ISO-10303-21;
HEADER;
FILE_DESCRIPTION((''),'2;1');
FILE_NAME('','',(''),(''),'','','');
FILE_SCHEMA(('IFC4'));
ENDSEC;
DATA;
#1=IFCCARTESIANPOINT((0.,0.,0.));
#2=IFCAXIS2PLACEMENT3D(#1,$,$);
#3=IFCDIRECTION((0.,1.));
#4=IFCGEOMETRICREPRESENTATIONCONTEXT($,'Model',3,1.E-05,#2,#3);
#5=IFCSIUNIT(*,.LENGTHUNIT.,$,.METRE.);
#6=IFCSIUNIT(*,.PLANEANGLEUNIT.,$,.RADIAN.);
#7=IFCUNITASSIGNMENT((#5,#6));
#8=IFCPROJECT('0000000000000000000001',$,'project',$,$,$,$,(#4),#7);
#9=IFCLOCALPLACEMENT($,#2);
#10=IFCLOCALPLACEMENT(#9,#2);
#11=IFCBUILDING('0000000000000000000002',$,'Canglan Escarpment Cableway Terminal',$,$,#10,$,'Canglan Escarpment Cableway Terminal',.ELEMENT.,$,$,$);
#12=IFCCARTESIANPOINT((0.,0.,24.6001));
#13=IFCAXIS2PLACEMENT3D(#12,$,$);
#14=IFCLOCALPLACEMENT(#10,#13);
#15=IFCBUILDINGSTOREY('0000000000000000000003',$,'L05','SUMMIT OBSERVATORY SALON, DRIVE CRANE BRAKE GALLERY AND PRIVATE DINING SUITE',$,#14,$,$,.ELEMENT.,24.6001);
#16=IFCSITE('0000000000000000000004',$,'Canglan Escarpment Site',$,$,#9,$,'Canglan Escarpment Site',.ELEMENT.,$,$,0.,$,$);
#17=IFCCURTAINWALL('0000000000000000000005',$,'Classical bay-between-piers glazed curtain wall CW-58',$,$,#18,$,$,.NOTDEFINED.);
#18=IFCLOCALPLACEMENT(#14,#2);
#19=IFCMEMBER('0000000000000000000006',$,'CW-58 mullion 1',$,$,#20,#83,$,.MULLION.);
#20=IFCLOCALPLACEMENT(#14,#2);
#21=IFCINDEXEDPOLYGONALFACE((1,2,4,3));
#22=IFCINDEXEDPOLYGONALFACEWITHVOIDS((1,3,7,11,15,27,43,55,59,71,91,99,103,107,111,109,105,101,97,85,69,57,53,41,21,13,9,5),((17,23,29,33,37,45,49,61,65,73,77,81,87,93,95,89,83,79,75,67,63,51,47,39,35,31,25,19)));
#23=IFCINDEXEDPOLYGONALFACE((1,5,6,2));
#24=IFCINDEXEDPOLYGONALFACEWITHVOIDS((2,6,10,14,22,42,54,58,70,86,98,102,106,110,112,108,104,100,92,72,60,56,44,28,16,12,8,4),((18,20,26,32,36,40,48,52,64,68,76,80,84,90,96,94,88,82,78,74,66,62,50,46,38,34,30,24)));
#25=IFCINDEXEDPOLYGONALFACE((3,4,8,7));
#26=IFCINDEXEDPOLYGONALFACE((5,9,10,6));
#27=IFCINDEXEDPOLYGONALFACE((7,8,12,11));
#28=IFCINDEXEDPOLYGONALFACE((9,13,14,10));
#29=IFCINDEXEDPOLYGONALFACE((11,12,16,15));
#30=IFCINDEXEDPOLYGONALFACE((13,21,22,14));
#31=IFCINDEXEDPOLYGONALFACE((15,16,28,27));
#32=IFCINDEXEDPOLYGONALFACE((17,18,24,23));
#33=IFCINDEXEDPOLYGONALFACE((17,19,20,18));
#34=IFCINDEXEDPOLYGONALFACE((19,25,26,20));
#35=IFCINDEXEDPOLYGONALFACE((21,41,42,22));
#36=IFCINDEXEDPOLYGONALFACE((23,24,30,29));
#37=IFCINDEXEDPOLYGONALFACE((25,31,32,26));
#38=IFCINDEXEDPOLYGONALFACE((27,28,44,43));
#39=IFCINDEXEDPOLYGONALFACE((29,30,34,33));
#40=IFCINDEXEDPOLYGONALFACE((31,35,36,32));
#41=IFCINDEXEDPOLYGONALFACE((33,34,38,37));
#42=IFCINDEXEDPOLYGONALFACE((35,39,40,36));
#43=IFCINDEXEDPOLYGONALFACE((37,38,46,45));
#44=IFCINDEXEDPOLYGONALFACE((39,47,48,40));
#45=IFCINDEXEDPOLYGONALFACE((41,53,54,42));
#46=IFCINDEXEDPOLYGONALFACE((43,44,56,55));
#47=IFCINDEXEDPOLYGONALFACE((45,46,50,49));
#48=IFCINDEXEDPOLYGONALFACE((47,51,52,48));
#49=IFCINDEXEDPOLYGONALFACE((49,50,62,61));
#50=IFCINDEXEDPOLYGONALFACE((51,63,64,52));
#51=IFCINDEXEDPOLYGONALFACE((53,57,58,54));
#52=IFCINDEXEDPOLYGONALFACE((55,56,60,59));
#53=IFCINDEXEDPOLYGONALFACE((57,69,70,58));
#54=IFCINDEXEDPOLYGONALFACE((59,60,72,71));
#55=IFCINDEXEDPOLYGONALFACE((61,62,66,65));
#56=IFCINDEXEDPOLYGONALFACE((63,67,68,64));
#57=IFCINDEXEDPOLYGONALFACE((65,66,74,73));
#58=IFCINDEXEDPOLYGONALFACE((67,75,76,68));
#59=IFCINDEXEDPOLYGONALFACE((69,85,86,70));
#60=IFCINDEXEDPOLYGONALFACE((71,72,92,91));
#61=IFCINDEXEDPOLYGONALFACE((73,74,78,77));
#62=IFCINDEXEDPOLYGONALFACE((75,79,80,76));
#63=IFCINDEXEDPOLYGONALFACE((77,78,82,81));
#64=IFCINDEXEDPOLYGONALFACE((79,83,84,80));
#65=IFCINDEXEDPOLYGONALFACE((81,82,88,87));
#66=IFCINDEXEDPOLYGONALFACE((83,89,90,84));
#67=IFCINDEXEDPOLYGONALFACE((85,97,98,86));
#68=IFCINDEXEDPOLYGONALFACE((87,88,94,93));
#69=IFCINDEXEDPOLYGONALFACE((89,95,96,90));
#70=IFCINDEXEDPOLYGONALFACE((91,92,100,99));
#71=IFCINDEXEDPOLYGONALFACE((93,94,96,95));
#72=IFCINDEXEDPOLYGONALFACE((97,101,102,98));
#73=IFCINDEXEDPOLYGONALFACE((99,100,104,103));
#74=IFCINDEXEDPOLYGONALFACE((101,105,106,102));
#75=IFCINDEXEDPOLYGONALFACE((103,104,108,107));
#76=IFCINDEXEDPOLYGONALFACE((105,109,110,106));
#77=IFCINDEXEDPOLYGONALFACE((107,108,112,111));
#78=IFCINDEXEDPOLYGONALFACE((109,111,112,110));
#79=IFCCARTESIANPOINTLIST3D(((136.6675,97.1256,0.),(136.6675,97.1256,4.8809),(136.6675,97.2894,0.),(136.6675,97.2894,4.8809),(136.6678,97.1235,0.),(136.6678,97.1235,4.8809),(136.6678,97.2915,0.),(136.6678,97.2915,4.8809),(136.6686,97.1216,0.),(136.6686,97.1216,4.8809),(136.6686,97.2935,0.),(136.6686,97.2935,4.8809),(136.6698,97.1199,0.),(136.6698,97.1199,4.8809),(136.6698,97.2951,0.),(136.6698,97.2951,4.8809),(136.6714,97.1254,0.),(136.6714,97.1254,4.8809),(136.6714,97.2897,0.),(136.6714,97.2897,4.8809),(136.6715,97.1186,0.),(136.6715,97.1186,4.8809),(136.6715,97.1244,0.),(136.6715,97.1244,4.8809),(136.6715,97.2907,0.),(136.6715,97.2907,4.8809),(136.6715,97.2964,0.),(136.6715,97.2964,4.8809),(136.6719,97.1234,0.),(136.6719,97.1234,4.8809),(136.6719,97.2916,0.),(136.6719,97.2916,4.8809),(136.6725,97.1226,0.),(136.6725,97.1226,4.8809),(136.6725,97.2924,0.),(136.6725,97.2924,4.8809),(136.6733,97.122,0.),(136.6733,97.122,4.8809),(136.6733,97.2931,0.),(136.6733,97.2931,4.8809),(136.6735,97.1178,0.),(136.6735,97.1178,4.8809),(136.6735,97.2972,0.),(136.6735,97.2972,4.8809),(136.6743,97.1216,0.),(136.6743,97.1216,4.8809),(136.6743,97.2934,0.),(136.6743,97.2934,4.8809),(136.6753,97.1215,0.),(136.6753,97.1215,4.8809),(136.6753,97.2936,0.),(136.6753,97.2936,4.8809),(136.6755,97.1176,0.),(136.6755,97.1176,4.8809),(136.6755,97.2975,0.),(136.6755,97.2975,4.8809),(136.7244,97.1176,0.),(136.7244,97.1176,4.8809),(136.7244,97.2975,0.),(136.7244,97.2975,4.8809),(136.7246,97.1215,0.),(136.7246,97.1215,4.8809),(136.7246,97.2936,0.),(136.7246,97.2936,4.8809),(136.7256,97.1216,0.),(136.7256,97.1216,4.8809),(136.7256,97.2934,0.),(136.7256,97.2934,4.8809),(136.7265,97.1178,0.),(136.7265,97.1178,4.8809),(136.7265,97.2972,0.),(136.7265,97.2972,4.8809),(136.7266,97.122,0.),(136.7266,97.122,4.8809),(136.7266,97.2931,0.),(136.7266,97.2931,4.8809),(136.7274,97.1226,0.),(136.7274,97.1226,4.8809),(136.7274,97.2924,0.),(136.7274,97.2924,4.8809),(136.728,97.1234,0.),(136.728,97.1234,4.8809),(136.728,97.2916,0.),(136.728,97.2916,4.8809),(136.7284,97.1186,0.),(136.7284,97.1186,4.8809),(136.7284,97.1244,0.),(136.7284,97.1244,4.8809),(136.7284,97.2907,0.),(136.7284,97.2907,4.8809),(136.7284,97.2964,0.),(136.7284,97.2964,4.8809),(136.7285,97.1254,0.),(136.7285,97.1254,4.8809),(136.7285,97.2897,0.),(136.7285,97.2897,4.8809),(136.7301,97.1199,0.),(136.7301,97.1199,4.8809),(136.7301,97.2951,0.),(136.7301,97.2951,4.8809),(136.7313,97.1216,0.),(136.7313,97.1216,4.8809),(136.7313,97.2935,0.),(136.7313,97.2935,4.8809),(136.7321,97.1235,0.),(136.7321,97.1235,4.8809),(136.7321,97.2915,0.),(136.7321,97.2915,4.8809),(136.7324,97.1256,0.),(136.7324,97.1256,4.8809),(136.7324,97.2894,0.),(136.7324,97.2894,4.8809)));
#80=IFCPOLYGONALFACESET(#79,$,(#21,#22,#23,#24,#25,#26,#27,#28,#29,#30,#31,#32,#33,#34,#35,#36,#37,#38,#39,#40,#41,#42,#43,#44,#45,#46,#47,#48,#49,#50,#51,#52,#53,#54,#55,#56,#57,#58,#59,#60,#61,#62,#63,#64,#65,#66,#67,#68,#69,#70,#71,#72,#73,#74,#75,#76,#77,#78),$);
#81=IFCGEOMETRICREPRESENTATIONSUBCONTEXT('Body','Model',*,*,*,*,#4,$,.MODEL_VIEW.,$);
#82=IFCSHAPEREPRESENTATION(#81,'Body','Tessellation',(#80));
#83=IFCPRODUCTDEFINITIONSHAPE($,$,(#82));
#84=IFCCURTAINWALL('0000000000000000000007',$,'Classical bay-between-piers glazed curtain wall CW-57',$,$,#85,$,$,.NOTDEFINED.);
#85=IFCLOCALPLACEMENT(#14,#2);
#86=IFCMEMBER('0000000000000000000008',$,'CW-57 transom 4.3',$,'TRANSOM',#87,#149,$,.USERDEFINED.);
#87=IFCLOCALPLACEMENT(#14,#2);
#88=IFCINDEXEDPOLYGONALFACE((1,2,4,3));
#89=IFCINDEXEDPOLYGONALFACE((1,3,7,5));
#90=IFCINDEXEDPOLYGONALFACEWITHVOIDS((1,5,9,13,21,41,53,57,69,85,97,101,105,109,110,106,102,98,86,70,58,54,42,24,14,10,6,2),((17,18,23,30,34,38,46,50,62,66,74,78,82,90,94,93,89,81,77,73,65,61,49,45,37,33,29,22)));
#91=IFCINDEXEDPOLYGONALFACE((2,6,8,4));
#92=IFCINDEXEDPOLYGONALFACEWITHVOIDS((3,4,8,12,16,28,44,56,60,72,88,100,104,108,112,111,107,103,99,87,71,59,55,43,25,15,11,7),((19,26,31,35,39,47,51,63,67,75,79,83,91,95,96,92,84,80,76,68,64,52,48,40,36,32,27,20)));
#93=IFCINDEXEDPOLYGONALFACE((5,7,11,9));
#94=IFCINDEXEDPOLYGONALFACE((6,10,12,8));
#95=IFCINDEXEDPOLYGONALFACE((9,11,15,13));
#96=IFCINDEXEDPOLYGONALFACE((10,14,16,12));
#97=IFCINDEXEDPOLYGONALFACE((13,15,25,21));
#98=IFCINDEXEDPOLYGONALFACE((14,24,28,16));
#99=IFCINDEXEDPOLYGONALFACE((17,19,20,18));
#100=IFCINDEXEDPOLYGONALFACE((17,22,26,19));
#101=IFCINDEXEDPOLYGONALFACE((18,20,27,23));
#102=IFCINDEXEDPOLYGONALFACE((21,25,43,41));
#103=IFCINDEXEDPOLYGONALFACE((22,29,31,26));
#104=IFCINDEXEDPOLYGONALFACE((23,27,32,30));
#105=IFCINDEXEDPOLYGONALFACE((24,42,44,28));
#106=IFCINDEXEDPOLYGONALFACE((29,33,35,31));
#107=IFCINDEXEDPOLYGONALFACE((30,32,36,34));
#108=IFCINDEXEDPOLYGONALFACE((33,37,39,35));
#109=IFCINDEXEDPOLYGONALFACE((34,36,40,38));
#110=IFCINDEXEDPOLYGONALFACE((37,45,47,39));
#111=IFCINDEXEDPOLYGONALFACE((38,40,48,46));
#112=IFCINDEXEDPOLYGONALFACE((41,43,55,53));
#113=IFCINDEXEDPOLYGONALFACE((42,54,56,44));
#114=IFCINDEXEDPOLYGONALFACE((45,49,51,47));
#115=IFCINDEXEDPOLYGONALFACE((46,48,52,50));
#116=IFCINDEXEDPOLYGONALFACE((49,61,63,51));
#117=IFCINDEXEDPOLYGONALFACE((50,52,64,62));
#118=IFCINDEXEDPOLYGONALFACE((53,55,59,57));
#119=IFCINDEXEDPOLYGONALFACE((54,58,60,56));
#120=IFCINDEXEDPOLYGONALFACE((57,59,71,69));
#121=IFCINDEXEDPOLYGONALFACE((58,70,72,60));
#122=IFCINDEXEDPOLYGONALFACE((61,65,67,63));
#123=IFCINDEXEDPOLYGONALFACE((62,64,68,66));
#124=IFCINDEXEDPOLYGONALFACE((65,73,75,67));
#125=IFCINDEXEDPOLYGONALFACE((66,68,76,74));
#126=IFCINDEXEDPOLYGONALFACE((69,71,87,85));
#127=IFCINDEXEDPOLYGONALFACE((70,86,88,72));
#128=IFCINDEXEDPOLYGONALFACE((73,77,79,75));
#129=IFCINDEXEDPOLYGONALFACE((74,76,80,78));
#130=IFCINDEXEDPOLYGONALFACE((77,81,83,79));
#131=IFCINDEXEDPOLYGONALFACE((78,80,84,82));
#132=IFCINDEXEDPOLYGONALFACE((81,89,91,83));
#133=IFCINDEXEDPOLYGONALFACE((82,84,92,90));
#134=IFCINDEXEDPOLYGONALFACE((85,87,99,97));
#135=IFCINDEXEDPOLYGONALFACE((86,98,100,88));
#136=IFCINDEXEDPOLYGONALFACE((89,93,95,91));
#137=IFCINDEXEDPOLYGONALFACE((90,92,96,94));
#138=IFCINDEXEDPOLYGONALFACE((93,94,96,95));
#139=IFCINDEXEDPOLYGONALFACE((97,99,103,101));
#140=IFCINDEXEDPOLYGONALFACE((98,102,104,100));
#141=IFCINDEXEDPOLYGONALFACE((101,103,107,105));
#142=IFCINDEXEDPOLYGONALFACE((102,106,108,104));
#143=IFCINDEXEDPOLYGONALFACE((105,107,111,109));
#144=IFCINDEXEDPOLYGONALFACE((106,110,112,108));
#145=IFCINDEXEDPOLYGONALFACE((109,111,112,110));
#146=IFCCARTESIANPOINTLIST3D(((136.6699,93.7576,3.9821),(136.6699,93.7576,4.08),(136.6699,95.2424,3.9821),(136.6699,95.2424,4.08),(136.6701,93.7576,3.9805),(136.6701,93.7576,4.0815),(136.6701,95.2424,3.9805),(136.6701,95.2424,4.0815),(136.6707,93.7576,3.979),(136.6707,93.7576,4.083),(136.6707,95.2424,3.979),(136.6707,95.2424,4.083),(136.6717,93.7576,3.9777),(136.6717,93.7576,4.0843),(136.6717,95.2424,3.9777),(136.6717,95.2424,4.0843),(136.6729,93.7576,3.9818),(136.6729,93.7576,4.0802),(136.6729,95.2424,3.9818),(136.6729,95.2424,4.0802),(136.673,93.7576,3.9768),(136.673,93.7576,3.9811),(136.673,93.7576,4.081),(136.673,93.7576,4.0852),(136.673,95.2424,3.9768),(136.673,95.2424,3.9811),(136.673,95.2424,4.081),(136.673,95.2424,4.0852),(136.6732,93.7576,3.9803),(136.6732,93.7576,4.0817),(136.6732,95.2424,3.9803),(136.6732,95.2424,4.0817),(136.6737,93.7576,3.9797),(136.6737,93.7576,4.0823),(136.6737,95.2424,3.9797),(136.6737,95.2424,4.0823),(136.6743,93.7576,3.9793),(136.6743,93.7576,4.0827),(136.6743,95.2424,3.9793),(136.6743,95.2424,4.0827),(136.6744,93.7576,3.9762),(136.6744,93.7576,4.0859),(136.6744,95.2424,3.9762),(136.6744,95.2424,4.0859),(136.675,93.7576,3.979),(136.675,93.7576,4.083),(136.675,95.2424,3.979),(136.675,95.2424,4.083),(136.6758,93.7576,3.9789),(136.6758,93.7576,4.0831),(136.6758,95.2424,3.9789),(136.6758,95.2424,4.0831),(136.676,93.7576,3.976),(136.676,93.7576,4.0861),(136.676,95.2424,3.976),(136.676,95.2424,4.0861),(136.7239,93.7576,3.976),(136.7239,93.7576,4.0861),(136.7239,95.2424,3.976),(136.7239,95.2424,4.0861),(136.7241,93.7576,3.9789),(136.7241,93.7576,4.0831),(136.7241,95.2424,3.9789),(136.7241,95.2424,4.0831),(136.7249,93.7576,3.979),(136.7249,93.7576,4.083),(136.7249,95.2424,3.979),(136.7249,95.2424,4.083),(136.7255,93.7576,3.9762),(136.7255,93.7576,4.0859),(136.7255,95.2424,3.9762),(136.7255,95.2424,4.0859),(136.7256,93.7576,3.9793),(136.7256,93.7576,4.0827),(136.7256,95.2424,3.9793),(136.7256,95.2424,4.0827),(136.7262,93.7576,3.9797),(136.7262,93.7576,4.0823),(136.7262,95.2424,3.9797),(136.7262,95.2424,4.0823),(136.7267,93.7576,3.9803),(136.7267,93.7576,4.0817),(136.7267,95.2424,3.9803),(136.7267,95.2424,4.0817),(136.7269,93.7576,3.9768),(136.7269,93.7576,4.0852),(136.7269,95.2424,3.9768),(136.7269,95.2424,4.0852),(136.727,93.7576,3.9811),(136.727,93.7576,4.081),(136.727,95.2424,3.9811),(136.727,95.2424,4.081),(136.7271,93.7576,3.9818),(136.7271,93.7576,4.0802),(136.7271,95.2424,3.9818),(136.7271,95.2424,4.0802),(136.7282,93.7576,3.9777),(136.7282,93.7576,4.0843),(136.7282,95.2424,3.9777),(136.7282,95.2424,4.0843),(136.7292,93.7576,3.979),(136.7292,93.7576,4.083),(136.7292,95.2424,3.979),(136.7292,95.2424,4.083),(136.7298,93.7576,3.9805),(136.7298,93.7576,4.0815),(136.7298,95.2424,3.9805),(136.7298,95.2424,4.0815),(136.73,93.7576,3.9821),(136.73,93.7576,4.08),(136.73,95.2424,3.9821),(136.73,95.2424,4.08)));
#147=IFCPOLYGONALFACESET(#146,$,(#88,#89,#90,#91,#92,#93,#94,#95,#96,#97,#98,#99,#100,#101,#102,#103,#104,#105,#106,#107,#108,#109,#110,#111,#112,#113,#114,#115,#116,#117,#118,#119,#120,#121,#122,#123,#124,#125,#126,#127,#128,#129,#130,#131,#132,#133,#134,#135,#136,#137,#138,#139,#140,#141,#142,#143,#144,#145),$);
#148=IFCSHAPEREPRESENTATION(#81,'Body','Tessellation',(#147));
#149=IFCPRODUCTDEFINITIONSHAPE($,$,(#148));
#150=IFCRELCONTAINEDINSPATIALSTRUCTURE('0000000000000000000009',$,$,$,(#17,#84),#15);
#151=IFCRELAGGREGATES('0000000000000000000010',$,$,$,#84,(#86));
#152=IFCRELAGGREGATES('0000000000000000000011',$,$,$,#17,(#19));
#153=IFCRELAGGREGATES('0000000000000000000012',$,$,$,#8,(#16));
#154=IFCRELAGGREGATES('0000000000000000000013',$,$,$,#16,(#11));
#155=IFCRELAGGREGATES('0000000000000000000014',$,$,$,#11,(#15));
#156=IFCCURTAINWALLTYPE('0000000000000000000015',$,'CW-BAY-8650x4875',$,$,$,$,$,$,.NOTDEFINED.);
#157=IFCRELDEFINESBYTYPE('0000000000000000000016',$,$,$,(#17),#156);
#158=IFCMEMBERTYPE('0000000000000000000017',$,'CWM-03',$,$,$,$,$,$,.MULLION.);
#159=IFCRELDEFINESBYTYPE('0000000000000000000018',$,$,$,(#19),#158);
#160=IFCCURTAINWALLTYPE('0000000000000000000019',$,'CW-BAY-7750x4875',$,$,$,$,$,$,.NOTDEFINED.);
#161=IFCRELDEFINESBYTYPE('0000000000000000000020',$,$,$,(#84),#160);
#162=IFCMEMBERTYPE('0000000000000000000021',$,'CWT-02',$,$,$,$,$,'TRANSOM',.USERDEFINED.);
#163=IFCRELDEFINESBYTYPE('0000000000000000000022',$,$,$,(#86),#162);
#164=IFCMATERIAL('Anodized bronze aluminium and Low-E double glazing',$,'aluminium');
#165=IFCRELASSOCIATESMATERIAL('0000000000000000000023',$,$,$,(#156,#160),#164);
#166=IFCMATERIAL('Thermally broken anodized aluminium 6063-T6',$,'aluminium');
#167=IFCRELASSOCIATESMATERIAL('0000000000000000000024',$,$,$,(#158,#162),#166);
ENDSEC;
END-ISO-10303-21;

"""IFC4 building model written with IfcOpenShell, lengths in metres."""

from ifc_helpers import new_model, si_unit, direction, frame, origin, origin_2d, place, context, subcontext, project, spatial, hollow_rectangle, extrude, material, material_profile, profile_set, type_object, element, aggregate, save


model = new_model("IFC4")

# Units and contexts
model_context = context("Model", 3, precision=1e-05, world=origin(), true_north=direction((0.0, 1.0)))
body_context = subcontext(model_context, "Body", "Model", "MODEL_VIEW")
ifc_project = project(units=[si_unit("LENGTHUNIT", "METRE"), si_unit("PLANEANGLEUNIT", "RADIAN")], contexts=[model_context])

# Site, building, storey
site_placement = place(None, origin())
site = spatial("IfcSite", under=ifc_project, at=site_placement, Name="Canglan Escarpment Site", LongName="Canglan Escarpment Site", CompositionType="ELEMENT", RefElevation=0.0)
building_placement = place(site_placement, origin())
building = spatial("IfcBuilding", under=site, at=building_placement, Name="Canglan Escarpment Cableway Terminal", LongName="Canglan Escarpment Cableway Terminal", CompositionType="ELEMENT")
storey_placement = place(building_placement, frame((0.0, 0.0, 24.6001)))
storey = spatial("IfcBuildingStorey", under=building, at=storey_placement, Name="L05", Description="SUMMIT OBSERVATORY SALON, DRIVE CRANE BRAKE GALLERY AND PRIVATE DINING SUITE", CompositionType="ELEMENT", Elevation=24.6001)

# Curtain wall, member
ifc_material_1 = material(Name="Anodized bronze aluminium and Low-E double glazing", Category="aluminium")
curtain_wall_type_1 = type_object("IfcCurtainWallType", Name="CW-BAY-8650x4875", PredefinedType="NOTDEFINED", material=ifc_material_1)
curtain_wall_1_placement = place(storey_placement, origin())
curtain_wall_1 = element("IfcCurtainWall", 1, at=curtain_wall_1_placement, inside=storey, type_object=curtain_wall_type_1, Name="Classical bay-between-piers glazed curtain wall CW-58", PredefinedType="NOTDEFINED")
ifc_material_2 = material(Name="Thermally broken anodized aluminium 6063-T6", Category="aluminium")
ifc_material_profile_1 = material_profile(ifc_material_2, hollow_rectangle(XDim=0.0649, YDim=0.1799, WallThickness=0.0039, InnerFilletRadius=0.0039, OuterFilletRadius=0.0081, at=origin_2d()), Name="ALU-MULL 65x180x4")
ifc_profile_set_1 = profile_set([ifc_material_profile_1], Name="Thermally broken anodized aluminium 6063-T6")
member_type_1 = type_object("IfcMemberType", Name="CWM-03", PredefinedType="MULLION", material=ifc_profile_set_1)
member_1_placement = place(storey_placement, frame((136.7, 97.2075, 0.0), z_axis=(0.0, 0.0, 1.0), x_axis=(-1.0, 0.0, 0.0)))
member_1 = element("IfcMember", 2, at=member_1_placement, type_object=member_type_1, Name="CW-58 mullion 1", PredefinedType="MULLION", context=body_context, shape_type="SweptSolid", body=[
    extrude(hollow_rectangle(XDim=0.0649, YDim=0.1799, WallThickness=0.0039, InnerFilletRadius=0.0039, OuterFilletRadius=0.0081, at=origin_2d()), origin(), (0.0, 0.0, 1.0), 4.8809),
])

# Curtain wall, member
curtain_wall_type_2 = type_object("IfcCurtainWallType", Name="CW-BAY-7750x4875", PredefinedType="NOTDEFINED", material=ifc_material_1)
curtain_wall_2_placement = place(storey_placement, origin())
curtain_wall_2 = element("IfcCurtainWall", 3, at=curtain_wall_2_placement, inside=storey, type_object=curtain_wall_type_2, Name="Classical bay-between-piers glazed curtain wall CW-57", PredefinedType="NOTDEFINED")
ifc_material_profile_2 = material_profile(ifc_material_2, hollow_rectangle(XDim=0.0601, YDim=0.1101, WallThickness=0.0029, InnerFilletRadius=0.0029, OuterFilletRadius=0.0061, at=origin_2d()), Name="ALU-TRAN 60x110x3")
ifc_profile_set_2 = profile_set([ifc_material_profile_2], Name="Thermally broken anodized aluminium 6063-T6")
member_type_2 = type_object("IfcMemberType", Name="CWT-02", ElementType="TRANSOM", PredefinedType="USERDEFINED", material=ifc_profile_set_2)
member_2_placement = place(storey_placement, frame((136.7, 93.7576, 4.031), z_axis=(0.0, 1.0, 0.0), x_axis=(-1.0, 0.0, 0.0)))
member_2 = element("IfcMember", 4, at=member_2_placement, type_object=member_type_2, Name="CW-57 transom 4.3", ObjectType="TRANSOM", PredefinedType="USERDEFINED", context=body_context, shape_type="SweptSolid", body=[
    extrude(hollow_rectangle(XDim=0.0601, YDim=0.1101, WallThickness=0.0029, InnerFilletRadius=0.0029, OuterFilletRadius=0.0061, at=origin_2d()), origin(), (0.0, 0.0, 1.0), 1.4849),
])

aggregate(curtain_wall_2, [member_2])
aggregate(curtain_wall_1, [member_1])

save(model, "model.ifc")
